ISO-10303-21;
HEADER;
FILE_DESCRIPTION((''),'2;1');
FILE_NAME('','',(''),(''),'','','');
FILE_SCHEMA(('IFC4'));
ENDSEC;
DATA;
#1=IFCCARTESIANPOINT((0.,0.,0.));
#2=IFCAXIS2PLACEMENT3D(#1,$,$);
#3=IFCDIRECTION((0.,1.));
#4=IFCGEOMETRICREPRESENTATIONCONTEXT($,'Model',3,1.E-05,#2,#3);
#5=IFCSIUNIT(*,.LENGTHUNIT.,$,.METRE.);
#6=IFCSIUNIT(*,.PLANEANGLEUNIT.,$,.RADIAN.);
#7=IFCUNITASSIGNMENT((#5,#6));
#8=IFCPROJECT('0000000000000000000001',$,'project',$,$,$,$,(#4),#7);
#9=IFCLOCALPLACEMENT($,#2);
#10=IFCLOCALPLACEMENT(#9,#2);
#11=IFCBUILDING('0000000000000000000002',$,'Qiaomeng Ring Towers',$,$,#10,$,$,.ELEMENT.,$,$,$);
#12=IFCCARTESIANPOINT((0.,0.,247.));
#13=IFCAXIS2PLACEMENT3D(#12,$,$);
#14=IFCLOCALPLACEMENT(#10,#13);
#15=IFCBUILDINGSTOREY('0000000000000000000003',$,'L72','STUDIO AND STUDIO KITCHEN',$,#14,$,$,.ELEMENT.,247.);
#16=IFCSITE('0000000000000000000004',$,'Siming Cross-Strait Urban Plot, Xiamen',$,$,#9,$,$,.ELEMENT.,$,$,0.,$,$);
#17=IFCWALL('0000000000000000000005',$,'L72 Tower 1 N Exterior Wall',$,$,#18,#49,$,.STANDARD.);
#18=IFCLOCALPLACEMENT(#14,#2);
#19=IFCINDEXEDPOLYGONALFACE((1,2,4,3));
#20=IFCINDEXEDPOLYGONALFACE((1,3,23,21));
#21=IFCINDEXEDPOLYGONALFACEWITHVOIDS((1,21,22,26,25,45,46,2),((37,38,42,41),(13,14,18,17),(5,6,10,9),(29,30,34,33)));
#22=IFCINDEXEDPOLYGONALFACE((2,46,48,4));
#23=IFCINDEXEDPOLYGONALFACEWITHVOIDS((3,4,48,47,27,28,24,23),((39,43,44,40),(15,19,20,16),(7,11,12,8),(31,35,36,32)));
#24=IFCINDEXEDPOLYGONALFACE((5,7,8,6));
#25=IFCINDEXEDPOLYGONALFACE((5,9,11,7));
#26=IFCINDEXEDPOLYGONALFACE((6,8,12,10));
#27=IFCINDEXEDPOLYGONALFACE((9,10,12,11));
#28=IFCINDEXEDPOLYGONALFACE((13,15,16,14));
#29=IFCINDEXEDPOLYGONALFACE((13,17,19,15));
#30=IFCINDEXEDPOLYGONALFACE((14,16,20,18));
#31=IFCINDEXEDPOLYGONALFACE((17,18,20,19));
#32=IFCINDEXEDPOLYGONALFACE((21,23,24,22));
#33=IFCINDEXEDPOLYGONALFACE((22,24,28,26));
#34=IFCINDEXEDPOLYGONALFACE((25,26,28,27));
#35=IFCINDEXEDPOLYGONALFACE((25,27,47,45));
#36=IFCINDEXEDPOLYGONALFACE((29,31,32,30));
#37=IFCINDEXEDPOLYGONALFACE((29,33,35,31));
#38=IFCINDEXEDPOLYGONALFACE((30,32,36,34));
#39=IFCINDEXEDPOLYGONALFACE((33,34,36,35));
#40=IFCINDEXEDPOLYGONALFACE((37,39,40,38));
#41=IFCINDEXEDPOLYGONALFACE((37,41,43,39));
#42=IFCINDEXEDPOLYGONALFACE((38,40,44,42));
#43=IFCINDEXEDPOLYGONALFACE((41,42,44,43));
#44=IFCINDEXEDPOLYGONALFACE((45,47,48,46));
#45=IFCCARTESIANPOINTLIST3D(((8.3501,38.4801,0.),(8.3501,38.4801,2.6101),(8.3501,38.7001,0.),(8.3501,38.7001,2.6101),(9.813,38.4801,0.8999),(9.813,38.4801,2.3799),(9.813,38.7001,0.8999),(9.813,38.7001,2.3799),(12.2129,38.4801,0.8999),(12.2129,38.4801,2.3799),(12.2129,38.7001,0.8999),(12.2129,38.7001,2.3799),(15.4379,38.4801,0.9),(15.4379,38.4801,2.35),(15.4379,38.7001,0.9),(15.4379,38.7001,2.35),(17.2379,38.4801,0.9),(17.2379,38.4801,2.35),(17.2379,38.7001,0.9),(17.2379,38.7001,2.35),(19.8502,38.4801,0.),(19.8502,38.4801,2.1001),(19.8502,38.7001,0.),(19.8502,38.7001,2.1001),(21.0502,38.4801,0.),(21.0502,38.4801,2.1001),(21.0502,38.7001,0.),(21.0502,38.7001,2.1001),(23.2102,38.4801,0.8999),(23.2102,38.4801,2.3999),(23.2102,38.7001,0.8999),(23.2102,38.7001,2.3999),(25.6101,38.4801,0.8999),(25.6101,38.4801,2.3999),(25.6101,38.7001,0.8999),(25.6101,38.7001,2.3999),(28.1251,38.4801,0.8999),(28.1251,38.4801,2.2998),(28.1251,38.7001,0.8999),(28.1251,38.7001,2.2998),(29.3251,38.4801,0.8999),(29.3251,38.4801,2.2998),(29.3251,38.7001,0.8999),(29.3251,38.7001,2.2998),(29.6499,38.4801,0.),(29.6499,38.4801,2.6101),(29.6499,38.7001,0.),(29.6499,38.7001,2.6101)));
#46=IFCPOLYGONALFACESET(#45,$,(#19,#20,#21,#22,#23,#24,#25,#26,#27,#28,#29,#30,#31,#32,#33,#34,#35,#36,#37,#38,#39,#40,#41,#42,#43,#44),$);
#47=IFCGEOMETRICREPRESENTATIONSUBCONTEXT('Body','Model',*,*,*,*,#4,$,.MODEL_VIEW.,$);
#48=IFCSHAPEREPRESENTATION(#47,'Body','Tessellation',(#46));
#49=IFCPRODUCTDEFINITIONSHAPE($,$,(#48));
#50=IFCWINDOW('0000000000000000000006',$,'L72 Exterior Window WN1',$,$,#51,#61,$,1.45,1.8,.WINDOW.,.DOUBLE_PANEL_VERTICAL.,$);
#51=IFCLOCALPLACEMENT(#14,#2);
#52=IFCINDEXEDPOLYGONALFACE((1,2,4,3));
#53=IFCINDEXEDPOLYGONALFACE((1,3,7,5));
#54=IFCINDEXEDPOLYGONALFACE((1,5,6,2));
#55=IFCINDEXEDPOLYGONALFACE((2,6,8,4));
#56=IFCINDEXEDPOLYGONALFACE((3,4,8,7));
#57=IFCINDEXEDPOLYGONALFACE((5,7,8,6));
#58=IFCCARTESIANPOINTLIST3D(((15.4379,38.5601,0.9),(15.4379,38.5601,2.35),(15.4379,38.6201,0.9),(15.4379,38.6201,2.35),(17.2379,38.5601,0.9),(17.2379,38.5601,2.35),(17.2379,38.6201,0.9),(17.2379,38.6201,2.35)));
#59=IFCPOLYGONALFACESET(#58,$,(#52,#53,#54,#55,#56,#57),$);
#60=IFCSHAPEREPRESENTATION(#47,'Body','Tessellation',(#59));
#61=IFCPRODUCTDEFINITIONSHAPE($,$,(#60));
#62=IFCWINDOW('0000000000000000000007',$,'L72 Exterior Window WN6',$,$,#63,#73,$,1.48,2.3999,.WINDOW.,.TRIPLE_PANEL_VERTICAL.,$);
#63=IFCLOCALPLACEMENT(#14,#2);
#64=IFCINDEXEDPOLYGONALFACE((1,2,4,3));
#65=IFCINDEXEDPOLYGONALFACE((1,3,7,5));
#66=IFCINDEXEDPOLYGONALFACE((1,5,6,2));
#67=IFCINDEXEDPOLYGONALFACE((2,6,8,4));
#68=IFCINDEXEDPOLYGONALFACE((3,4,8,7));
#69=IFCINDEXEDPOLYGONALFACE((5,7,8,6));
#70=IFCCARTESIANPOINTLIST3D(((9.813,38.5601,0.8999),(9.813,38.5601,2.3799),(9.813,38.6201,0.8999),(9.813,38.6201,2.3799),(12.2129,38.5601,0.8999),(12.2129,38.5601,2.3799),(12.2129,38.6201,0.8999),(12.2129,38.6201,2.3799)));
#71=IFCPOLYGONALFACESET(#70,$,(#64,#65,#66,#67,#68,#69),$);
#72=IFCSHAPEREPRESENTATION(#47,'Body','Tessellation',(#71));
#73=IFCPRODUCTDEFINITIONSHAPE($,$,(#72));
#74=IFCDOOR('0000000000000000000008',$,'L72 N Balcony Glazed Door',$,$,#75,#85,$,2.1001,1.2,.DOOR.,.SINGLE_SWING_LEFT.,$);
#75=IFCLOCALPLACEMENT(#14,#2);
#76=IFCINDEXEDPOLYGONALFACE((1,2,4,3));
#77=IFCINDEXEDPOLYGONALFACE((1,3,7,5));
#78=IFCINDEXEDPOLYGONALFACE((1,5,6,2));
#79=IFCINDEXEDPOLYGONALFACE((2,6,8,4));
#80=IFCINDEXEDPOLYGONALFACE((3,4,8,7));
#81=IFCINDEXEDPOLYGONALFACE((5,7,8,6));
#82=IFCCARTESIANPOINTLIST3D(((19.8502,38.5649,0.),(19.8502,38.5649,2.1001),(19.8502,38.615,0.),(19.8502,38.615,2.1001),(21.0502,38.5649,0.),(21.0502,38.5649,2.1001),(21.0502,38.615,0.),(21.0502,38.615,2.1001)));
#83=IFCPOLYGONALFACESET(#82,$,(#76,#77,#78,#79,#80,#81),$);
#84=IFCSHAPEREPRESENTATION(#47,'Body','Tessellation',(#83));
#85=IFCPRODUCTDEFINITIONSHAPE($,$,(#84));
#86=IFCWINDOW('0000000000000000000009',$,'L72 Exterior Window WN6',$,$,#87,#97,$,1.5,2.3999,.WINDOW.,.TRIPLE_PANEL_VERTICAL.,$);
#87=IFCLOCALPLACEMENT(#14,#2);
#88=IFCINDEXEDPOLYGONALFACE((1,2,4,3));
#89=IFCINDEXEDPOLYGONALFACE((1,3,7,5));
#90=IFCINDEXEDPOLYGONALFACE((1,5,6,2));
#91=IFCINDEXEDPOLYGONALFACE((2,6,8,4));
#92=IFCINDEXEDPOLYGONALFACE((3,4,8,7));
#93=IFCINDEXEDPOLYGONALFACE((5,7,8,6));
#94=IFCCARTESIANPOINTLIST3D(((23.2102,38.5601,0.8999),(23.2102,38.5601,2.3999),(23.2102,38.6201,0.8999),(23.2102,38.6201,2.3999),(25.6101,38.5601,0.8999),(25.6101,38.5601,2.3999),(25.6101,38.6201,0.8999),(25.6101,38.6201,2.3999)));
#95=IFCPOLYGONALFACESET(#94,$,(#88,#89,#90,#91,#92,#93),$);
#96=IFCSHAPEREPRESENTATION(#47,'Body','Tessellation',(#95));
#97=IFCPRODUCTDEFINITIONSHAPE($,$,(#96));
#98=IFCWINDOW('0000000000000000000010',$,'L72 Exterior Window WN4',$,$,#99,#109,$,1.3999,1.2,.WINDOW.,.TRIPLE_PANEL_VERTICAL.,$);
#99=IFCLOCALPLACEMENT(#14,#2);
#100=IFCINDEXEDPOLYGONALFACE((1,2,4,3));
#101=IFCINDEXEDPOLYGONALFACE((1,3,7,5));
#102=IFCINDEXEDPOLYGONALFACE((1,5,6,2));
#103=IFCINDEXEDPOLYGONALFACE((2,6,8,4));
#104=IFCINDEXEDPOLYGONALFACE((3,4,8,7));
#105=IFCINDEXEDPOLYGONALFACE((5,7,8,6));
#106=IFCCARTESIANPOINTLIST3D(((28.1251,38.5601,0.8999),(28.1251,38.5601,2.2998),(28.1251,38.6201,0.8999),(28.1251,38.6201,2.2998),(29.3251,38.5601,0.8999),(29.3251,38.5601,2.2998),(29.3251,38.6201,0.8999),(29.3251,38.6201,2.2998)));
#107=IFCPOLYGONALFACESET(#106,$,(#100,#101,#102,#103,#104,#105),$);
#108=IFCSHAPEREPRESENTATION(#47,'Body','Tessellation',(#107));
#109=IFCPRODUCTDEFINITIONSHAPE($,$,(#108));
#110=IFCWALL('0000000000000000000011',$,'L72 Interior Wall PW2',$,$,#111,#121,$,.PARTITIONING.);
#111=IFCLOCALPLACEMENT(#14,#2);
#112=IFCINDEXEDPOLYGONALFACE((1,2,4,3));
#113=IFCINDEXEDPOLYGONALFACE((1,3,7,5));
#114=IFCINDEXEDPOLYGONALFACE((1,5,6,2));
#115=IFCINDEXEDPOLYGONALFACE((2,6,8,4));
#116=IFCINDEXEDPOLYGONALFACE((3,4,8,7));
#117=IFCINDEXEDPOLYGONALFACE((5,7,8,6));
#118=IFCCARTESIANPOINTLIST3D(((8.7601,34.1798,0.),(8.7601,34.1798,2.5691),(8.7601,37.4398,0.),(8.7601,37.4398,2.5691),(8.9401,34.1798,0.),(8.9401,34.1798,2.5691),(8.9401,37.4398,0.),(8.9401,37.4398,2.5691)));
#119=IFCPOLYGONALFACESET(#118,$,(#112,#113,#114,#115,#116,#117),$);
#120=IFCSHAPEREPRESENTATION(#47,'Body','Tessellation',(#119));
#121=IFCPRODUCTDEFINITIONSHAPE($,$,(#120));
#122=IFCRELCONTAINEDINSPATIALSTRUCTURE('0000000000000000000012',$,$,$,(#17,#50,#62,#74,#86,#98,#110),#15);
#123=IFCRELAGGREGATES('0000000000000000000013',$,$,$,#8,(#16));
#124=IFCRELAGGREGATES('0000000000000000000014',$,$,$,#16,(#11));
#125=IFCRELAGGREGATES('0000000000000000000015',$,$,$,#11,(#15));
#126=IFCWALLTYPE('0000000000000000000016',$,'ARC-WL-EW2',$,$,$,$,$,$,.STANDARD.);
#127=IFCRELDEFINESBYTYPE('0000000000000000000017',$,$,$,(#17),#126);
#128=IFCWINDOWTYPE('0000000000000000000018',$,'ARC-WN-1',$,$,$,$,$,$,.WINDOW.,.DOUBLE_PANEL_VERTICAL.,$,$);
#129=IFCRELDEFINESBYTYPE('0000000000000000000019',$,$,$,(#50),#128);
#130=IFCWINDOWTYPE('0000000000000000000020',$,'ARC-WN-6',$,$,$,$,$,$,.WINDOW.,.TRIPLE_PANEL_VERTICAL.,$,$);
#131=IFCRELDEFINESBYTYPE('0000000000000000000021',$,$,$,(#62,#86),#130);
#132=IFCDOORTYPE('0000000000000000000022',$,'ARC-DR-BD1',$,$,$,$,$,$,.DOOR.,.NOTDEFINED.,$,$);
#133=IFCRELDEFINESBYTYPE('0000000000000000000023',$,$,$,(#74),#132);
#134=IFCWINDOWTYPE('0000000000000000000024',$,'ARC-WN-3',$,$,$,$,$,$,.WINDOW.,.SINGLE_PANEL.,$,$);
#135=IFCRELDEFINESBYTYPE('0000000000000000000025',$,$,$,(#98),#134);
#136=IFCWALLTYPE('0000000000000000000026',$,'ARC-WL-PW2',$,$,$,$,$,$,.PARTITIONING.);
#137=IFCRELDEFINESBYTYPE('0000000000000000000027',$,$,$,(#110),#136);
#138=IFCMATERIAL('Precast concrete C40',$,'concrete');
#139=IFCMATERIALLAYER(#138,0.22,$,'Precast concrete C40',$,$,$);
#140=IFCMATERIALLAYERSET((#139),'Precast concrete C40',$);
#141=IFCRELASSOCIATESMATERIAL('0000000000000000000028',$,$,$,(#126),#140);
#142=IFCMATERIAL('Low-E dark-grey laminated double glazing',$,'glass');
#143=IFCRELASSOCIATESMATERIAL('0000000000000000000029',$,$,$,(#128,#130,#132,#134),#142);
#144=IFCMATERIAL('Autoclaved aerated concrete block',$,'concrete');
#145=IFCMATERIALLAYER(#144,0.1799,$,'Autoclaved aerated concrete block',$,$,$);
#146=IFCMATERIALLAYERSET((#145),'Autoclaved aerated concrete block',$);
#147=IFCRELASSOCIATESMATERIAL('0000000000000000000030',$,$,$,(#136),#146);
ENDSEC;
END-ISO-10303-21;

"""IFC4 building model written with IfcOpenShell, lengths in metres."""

from ifc_helpers import new_model, si_unit, direction, frame, frame_2d, origin, place, context, subcontext, project, spatial, rectangle, extrude, source, transform, mapped, material, layer, layer_set, type_object, element, fill, save


model = new_model("IFC4")

# Units and contexts
model_context = context("Model", 3, precision=1e-05, world=origin(), true_north=direction((0.0, 1.0)))
body_context = subcontext(model_context, "Body", "Model", "MODEL_VIEW")
ifc_project = project(units=[si_unit("LENGTHUNIT", "METRE"), si_unit("PLANEANGLEUNIT", "RADIAN")], contexts=[model_context])

# Site, building, storey
site_placement = place(None, origin())
site = spatial("IfcSite", under=ifc_project, at=site_placement, Name="Siming Cross-Strait Urban Plot, Xiamen", CompositionType="ELEMENT", RefElevation=0.0)
building_placement = place(site_placement, origin())
building = spatial("IfcBuilding", under=site, at=building_placement, Name="Qiaomeng Ring Towers", CompositionType="ELEMENT")
storey_placement = place(building_placement, frame((0.0, 0.0, 247.0)))
storey = spatial("IfcBuildingStorey", under=building, at=storey_placement, Name="L72", Description="STUDIO AND STUDIO KITCHEN", CompositionType="ELEMENT", Elevation=247.0)

# Shared definitions
ifc_material_1 = material(Name="Low-E dark-grey laminated double glazing", Category="glass")

# Wall, openings, windows, door
ifc_material_2 = material(Name="Precast concrete C40", Category="concrete")
ifc_layer_1 = layer(ifc_material_2, 0.22, Name="Precast concrete C40")
ifc_layer_set_1 = layer_set([ifc_layer_1], Name="Precast concrete C40")
wall_type_1 = type_object("IfcWallType", Name="ARC-WL-EW2", PredefinedType="STANDARD", material=ifc_layer_set_1)
wall_1_placement = place(storey_placement, frame((8.3501, 38.5901, 0.0), z_axis=(0.0, 0.0, 1.0), x_axis=(1.0, 0.0, 0.0)))
wall_1 = element("IfcWall", 1, at=wall_1_placement, inside=storey, type_object=wall_type_1, Name="L72 Tower 1 N Exterior Wall", PredefinedType="STANDARD", context=body_context, shape_type="SweptSolid", body=[
    extrude(rectangle(XDim=21.2998, YDim=0.22, at=frame_2d((10.6499, 0.0))), origin(), (0.0, 0.0, 1.0), 2.6101),
])
opening_1_placement = place(wall_1_placement, frame((11.5, 0.0, 0.0)))
opening_1 = element("IfcOpeningElement", 2, at=opening_1_placement, cuts=wall_1, PredefinedType="OPENING", context=body_context, shape_type="SweptSolid", body=[
    extrude(rectangle(XDim=1.2, YDim=2.1001, at=frame_2d((0.6001, 1.05))), frame((0.0, 0.1199, 0.0), z_axis=(0.0, -1.0, 0.0), x_axis=(1.0, 0.0, 0.0)), (0.0, 0.0, 1.0), 0.24),
])
opening_2_placement = place(wall_1_placement, frame((1.4629, 0.0, 0.8999)))
opening_2 = element("IfcOpeningElement", 3, at=opening_2_placement, cuts=wall_1, PredefinedType="OPENING", context=body_context, shape_type="SweptSolid", body=[
    extrude(rectangle(XDim=2.3999, YDim=1.48, at=frame_2d((1.2, 0.74))), frame((0.0, 0.1199, 0.0), z_axis=(0.0, -1.0, 0.0), x_axis=(1.0, 0.0, 0.0)), (0.0, 0.0, 1.0), 0.24),
])
opening_3_placement = place(wall_1_placement, frame((7.0879, 0.0, 0.8999)))
opening_3 = element("IfcOpeningElement", 4, at=opening_3_placement, cuts=wall_1, PredefinedType="OPENING", context=body_context, shape_type="SweptSolid", body=[
    extrude(rectangle(XDim=1.8, YDim=1.45, at=frame_2d((0.8999, 0.7251))), frame((0.0, 0.1199, 0.0), z_axis=(0.0, -1.0, 0.0), x_axis=(1.0, 0.0, 0.0)), (0.0, 0.0, 1.0), 0.24),
])
opening_4_placement = place(wall_1_placement, frame((19.7749, 0.0, 0.8999)))
opening_4 = element("IfcOpeningElement", 5, at=opening_4_placement, cuts=wall_1, PredefinedType="OPENING", context=body_context, shape_type="SweptSolid", body=[
    extrude(rectangle(XDim=1.2, YDim=1.3999, at=frame_2d((0.6001, 0.7))), frame((0.0, 0.1199, 0.0), z_axis=(0.0, -1.0, 0.0), x_axis=(1.0, 0.0, 0.0)), (0.0, 0.0, 1.0), 0.24),
])
opening_5_placement = place(wall_1_placement, frame((14.8601, 0.0, 0.8999)))
opening_5 = element("IfcOpeningElement", 6, at=opening_5_placement, cuts=wall_1, PredefinedType="OPENING", context=body_context, shape_type="SweptSolid", body=[
    extrude(rectangle(XDim=2.3999, YDim=1.5, at=frame_2d((1.2, 0.75))), frame((0.0, 0.1199, 0.0), z_axis=(0.0, -1.0, 0.0), x_axis=(1.0, 0.0, 0.0)), (0.0, 0.0, 1.0), 0.24),
])
window_type_1 = type_object("IfcWindowType", Name="ARC-WN-1", PartitioningType="DOUBLE_PANEL_VERTICAL", PredefinedType="WINDOW", material=ifc_material_1)
shared_shape_1 = source(origin(), body_context, "Body", "SweptSolid", [
    extrude(rectangle(XDim=1.8, YDim=1.45, at=frame_2d((0.8999, 0.7251))), frame((0.0, 0.03, 0.0), z_axis=(0.0, -1.0, 0.0), x_axis=(1.0, 0.0, 0.0)), (0.0, 0.0, 1.0), 0.0601),
])
window_1_placement = place(opening_3_placement, origin())
window_1 = element("IfcWindow", 7, at=window_1_placement, inside=storey, type_object=window_type_1, Name="L72 Exterior Window WN1", OverallHeight=1.45, OverallWidth=1.8, PartitioningType="DOUBLE_PANEL_VERTICAL", PredefinedType="WINDOW", context=body_context, shape_type="MappedRepresentation", body=[
    mapped(shared_shape_1, transform((0.0, 0.0, 0.0), x_axis=(1.0, 0.0, 0.0), y_axis=(0.0, 1.0, 0.0), z_axis=(0.0, 0.0, 1.0), scale=1.0)),
])
fill(opening_3, window_1)
window_type_2 = type_object("IfcWindowType", Name="ARC-WN-6", PartitioningType="TRIPLE_PANEL_VERTICAL", PredefinedType="WINDOW", material=ifc_material_1)
shared_shape_2 = source(origin(), body_context, "Body", "SweptSolid", [
    extrude(rectangle(XDim=2.3999, YDim=1.48, at=frame_2d((1.2, 0.74))), frame((0.0, 0.03, 0.0), z_axis=(0.0, -1.0, 0.0), x_axis=(1.0, 0.0, 0.0)), (0.0, 0.0, 1.0), 0.0601),
])
window_2_placement = place(opening_2_placement, origin())
window_2 = element("IfcWindow", 8, at=window_2_placement, inside=storey, type_object=window_type_2, Name="L72 Exterior Window WN6", OverallHeight=1.48, OverallWidth=2.3999, PartitioningType="TRIPLE_PANEL_VERTICAL", PredefinedType="WINDOW", context=body_context, shape_type="MappedRepresentation", body=[
    mapped(shared_shape_2, transform((0.0, 0.0, 0.0), x_axis=(1.0, 0.0, 0.0), y_axis=(0.0, 1.0, 0.0), z_axis=(0.0, 0.0, 1.0), scale=1.0)),
])
fill(opening_2, window_2)
door_type_1 = type_object("IfcDoorType", Name="ARC-DR-BD1", OperationType="NOTDEFINED", PredefinedType="DOOR", material=ifc_material_1)
shared_shape_3 = source(origin(), body_context, "Body", "SweptSolid", [
    extrude(rectangle(XDim=1.2, YDim=2.1001, at=frame_2d((0.6001, 1.05))), frame((0.0, 0.0249, 0.0), z_axis=(0.0, -1.0, 0.0), x_axis=(1.0, 0.0, 0.0)), (0.0, 0.0, 1.0), 0.05),
])
door_1_placement = place(opening_1_placement, origin())
door_1 = element("IfcDoor", 9, at=door_1_placement, inside=storey, type_object=door_type_1, Name="L72 N Balcony Glazed Door", OperationType="SINGLE_SWING_LEFT", OverallHeight=2.1001, OverallWidth=1.2, PredefinedType="DOOR", context=body_context, shape_type="MappedRepresentation", body=[
    mapped(shared_shape_3, transform((0.0, 0.0, 0.0), x_axis=(1.0, 0.0, 0.0), y_axis=(0.0, 1.0, 0.0), z_axis=(0.0, 0.0, 1.0), scale=1.0)),
])
fill(opening_1, door_1)
shared_shape_4 = source(origin(), body_context, "Body", "SweptSolid", [
    extrude(rectangle(XDim=2.3999, YDim=1.5, at=frame_2d((1.2, 0.75))), frame((0.0, 0.03, 0.0), z_axis=(0.0, -1.0, 0.0), x_axis=(1.0, 0.0, 0.0)), (0.0, 0.0, 1.0), 0.0601),
])
window_3_placement = place(opening_5_placement, origin())
window_3 = element("IfcWindow", 10, at=window_3_placement, inside=storey, type_object=window_type_2, Name="L72 Exterior Window WN6", OverallHeight=1.5, OverallWidth=2.3999, PartitioningType="TRIPLE_PANEL_VERTICAL", PredefinedType="WINDOW", context=body_context, shape_type="MappedRepresentation", body=[
    mapped(shared_shape_4, transform((0.0, 0.0, 0.0), x_axis=(1.0, 0.0, 0.0), y_axis=(0.0, 1.0, 0.0), z_axis=(0.0, 0.0, 1.0), scale=1.0)),
])
fill(opening_5, window_3)
window_type_3 = type_object("IfcWindowType", Name="ARC-WN-3", PartitioningType="SINGLE_PANEL", PredefinedType="WINDOW", material=ifc_material_1)
shared_shape_5 = source(origin(), body_context, "Body", "SweptSolid", [
    extrude(rectangle(XDim=1.2, YDim=1.3999, at=frame_2d((0.6001, 0.7))), frame((0.0, 0.03, 0.0), z_axis=(0.0, -1.0, 0.0), x_axis=(1.0, 0.0, 0.0)), (0.0, 0.0, 1.0), 0.0601),
])
window_4_placement = place(opening_4_placement, origin())
window_4 = element("IfcWindow", 11, at=window_4_placement, inside=storey, type_object=window_type_3, Name="L72 Exterior Window WN4", OverallHeight=1.3999, OverallWidth=1.2, PartitioningType="TRIPLE_PANEL_VERTICAL", PredefinedType="WINDOW", context=body_context, shape_type="MappedRepresentation", body=[
    mapped(shared_shape_5, transform((0.0, 0.0, 0.0), x_axis=(1.0, 0.0, 0.0), y_axis=(0.0, 1.0, 0.0), z_axis=(0.0, 0.0, 1.0), scale=1.0)),
])
fill(opening_4, window_4)

# Wall
ifc_material_3 = material(Name="Autoclaved aerated concrete block", Category="concrete")
ifc_layer_2 = layer(ifc_material_3, 0.1799, Name="Autoclaved aerated concrete block")
ifc_layer_set_2 = layer_set([ifc_layer_2], Name="Autoclaved aerated concrete block")
wall_type_2 = type_object("IfcWallType", Name="ARC-WL-PW2", PredefinedType="PARTITIONING", material=ifc_layer_set_2)
wall_2_placement = place(storey_placement, frame((8.8501, 34.1799, 0.0), z_axis=(0.0, 0.0, 1.0), x_axis=(0.0, 1.0, 0.0)))
element("IfcWall", 12, at=wall_2_placement, inside=storey, type_object=wall_type_2, Name="L72 Interior Wall PW2", PredefinedType="PARTITIONING", context=body_context, shape_type="SweptSolid", body=[
    extrude(rectangle(XDim=3.26, YDim=0.1799, at=frame_2d((1.6299, 0.0))), origin(), (0.0, 0.0, 1.0), 2.5691),
])

save(model, "model.ifc")
